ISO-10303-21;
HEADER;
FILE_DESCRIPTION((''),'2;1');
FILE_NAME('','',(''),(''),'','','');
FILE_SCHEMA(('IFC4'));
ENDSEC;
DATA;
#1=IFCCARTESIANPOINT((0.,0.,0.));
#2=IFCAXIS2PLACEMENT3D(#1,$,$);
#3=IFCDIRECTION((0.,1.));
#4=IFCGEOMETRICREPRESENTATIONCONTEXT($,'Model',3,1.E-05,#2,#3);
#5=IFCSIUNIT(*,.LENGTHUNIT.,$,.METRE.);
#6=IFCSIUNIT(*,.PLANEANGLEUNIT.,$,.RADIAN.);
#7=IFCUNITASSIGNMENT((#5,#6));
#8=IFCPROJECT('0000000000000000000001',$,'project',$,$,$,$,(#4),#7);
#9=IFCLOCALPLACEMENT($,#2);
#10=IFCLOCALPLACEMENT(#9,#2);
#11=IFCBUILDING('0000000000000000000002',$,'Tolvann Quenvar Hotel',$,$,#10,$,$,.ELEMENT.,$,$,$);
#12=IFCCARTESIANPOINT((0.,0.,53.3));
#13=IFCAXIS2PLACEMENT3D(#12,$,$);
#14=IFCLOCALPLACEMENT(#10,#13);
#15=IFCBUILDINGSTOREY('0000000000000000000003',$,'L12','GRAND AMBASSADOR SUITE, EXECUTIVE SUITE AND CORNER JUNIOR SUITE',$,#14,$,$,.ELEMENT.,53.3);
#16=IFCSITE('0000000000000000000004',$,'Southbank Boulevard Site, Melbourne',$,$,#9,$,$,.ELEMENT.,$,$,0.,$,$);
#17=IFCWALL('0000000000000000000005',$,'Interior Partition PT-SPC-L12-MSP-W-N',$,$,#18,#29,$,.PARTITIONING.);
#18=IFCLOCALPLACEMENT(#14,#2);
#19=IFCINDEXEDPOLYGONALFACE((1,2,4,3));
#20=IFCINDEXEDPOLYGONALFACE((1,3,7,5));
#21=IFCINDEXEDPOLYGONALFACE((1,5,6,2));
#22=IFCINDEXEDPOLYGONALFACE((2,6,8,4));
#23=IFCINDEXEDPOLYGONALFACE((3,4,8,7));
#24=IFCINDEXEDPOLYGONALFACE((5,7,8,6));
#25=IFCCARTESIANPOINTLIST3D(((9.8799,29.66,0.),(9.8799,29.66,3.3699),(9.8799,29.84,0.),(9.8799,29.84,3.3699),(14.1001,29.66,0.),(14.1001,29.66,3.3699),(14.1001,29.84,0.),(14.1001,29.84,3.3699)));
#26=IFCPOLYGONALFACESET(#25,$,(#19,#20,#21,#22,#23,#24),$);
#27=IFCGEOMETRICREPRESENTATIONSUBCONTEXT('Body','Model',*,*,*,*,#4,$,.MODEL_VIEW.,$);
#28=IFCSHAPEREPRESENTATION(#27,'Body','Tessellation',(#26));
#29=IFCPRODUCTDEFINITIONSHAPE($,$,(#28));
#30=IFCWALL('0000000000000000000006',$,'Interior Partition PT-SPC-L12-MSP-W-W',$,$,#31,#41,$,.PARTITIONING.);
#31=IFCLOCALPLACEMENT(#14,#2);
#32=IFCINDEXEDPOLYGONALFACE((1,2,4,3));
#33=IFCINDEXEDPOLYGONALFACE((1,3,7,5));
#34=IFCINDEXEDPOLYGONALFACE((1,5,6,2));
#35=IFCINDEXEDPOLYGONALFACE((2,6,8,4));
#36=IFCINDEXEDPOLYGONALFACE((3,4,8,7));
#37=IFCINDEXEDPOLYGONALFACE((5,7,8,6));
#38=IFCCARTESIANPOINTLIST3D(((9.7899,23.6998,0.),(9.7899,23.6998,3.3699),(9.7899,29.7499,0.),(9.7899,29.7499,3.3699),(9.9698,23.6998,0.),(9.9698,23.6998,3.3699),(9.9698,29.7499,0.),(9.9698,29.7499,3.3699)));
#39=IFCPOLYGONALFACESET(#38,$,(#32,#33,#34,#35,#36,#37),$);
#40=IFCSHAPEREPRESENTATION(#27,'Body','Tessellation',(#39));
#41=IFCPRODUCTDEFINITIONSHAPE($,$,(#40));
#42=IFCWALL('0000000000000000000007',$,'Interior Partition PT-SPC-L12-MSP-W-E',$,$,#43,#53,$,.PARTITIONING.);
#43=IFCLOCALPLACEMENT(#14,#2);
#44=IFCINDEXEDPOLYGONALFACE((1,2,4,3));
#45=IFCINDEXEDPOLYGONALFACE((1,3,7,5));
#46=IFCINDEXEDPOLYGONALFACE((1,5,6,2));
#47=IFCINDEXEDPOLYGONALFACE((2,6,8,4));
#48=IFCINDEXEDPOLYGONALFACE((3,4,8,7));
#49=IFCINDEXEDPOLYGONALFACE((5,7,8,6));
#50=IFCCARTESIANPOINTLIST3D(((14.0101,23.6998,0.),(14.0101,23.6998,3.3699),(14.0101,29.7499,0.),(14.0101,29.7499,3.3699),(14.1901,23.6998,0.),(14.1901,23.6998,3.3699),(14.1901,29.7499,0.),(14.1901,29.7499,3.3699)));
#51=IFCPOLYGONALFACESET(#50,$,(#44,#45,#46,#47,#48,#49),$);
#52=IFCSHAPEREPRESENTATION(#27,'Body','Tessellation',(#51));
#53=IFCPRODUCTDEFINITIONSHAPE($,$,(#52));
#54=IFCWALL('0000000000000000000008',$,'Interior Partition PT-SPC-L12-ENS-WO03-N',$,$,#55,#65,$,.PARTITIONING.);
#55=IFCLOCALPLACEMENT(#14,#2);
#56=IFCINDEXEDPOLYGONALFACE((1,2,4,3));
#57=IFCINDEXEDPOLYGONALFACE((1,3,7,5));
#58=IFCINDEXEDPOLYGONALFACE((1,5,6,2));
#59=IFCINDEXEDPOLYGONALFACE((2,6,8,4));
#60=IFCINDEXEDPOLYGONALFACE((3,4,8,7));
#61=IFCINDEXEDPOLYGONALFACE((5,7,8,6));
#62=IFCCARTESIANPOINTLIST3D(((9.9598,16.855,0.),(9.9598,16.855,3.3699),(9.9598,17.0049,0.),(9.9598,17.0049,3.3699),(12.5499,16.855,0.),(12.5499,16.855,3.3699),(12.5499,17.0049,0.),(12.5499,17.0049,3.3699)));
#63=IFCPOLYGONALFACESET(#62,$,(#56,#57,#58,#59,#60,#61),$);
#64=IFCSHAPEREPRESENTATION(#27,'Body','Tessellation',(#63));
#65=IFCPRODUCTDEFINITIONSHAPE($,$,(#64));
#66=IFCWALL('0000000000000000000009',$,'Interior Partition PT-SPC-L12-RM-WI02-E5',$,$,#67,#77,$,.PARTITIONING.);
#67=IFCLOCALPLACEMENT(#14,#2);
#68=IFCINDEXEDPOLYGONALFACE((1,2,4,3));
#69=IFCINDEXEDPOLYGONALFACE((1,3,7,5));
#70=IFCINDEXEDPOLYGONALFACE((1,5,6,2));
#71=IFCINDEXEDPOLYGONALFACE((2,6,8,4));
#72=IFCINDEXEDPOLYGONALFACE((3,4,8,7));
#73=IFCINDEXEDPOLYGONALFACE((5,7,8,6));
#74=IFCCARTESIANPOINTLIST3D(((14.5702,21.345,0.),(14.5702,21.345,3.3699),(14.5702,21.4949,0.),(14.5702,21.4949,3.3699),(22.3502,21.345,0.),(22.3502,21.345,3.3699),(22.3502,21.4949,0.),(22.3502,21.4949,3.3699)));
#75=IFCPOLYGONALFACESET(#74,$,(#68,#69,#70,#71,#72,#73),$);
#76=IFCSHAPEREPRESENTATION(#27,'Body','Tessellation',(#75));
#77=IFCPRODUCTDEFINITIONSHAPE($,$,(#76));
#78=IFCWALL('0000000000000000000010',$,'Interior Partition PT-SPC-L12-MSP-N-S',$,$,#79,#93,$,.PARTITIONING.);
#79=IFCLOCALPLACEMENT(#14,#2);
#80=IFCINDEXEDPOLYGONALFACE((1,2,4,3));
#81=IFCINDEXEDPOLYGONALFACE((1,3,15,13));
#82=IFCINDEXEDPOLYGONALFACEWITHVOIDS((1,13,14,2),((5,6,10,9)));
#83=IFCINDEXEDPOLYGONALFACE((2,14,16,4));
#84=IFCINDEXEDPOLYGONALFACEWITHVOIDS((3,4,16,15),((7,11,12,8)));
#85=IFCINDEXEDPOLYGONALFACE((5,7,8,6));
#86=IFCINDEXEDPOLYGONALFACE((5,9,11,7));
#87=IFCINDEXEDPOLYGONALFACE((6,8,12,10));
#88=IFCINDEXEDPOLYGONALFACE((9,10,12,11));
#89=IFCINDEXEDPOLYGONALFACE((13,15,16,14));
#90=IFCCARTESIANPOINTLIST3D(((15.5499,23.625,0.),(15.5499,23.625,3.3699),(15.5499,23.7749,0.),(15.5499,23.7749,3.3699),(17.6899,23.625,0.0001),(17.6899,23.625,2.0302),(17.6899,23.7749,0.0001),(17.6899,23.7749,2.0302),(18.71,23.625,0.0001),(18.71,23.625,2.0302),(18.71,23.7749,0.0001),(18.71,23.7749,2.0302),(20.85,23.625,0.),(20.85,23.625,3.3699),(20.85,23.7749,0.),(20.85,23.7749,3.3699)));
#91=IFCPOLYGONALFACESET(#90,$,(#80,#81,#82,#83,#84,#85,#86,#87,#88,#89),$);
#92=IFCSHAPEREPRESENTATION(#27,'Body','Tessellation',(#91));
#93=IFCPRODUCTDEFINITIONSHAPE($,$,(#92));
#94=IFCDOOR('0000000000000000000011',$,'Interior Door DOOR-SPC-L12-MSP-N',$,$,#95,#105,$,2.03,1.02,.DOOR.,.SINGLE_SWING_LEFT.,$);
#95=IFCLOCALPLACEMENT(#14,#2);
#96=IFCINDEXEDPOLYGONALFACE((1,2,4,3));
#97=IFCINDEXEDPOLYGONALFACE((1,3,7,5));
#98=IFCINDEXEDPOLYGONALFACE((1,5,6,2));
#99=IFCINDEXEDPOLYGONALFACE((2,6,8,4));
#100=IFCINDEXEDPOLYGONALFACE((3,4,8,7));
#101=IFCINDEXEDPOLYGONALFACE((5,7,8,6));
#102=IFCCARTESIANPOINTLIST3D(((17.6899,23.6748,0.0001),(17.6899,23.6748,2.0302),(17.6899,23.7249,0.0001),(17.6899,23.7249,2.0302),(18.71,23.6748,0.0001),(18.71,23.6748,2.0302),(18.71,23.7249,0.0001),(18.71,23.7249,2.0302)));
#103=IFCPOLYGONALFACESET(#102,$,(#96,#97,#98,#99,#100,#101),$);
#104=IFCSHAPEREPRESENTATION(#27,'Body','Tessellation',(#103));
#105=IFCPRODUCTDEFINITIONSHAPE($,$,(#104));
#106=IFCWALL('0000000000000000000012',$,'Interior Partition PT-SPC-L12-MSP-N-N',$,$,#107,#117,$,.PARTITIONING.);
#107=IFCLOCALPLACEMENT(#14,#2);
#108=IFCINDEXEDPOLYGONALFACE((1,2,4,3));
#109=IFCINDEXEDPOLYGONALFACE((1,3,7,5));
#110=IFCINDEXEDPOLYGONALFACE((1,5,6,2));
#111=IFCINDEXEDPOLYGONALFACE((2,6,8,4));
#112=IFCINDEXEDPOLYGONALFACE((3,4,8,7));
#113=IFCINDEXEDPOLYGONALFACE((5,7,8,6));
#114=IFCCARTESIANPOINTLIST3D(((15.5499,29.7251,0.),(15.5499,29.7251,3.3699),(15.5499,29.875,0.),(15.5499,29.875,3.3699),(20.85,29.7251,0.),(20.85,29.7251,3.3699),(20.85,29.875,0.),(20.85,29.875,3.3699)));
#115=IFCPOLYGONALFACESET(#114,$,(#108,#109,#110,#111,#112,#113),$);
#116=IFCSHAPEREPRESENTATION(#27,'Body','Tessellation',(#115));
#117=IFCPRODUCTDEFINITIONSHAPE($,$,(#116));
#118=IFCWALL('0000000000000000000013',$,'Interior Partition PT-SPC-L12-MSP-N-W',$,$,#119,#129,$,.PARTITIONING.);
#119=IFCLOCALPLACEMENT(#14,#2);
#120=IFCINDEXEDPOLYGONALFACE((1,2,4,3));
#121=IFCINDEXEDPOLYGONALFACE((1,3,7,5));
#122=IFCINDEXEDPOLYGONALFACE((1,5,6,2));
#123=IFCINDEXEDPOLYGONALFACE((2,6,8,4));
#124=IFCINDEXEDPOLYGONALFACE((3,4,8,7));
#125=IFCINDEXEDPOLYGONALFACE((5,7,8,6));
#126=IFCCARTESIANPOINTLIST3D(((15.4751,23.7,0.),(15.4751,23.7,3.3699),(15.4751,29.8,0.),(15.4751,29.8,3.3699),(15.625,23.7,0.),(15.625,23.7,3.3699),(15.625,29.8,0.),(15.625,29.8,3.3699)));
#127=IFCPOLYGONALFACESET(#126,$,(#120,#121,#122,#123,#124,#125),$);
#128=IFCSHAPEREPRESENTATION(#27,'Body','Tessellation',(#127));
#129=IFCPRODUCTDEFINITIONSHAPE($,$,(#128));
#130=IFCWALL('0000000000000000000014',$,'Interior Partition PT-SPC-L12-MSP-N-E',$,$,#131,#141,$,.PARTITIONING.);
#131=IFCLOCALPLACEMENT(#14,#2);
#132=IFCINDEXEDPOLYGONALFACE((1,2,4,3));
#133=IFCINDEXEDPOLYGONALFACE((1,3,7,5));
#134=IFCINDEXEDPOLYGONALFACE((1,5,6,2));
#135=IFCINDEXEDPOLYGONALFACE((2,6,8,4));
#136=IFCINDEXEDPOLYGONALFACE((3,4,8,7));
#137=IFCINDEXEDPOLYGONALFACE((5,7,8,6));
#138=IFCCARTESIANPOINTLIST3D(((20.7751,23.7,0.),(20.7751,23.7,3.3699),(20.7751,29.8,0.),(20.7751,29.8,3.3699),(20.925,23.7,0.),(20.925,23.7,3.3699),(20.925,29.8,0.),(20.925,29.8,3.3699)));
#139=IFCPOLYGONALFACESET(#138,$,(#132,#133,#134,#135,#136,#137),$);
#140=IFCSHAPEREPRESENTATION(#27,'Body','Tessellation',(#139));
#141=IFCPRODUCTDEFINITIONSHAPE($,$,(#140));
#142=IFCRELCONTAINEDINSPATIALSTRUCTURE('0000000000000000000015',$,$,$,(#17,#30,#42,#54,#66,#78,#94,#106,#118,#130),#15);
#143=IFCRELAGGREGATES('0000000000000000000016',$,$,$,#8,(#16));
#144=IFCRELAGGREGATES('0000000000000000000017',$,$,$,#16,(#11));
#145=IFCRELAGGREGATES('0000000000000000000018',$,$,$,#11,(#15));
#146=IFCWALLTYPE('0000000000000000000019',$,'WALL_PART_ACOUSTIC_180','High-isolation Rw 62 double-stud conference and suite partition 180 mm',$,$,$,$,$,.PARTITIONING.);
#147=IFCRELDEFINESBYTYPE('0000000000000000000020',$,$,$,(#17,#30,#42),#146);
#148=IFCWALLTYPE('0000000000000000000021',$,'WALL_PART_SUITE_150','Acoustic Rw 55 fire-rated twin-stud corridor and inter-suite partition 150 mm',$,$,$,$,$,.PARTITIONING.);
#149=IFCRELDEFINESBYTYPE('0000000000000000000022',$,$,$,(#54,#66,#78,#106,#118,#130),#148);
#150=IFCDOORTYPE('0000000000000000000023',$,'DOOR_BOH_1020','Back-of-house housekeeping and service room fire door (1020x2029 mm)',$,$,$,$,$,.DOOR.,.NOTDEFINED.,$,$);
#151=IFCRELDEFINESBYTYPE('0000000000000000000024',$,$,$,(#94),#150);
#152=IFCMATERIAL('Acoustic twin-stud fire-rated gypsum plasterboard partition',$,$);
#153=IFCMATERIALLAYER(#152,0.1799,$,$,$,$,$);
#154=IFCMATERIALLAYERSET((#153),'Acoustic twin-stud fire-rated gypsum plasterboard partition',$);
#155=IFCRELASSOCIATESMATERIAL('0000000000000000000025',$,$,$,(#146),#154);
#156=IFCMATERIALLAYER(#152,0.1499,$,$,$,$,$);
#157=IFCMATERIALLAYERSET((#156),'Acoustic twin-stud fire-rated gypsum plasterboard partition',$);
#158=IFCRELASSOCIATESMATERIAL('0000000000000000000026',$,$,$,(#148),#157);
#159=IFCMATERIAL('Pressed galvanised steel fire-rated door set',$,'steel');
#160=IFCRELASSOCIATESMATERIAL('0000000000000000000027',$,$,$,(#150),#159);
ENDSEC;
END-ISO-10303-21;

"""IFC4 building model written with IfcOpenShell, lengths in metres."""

from ifc_helpers import new_model, si_unit, direction, frame, frame_2d, origin, place, context, subcontext, project, spatial, rectangle, extrude, source, transform, mapped, material, layer, layer_set, type_object, type_shapes, element, fill, save


model = new_model("IFC4")

# Units and contexts
model_context = context("Model", 3, precision=1e-05, world=origin(), true_north=direction((0.0, 1.0)))
body_context = subcontext(model_context, "Body", "Model", "MODEL_VIEW")
ifc_project = project(units=[si_unit("LENGTHUNIT", "METRE"), si_unit("PLANEANGLEUNIT", "RADIAN")], contexts=[model_context])

# Site, building, storey
site_placement = place(None, origin())
site = spatial("IfcSite", under=ifc_project, at=site_placement, Name="Southbank Boulevard Site, Melbourne", CompositionType="ELEMENT", RefElevation=0.0)
building_placement = place(site_placement, origin())
building = spatial("IfcBuilding", under=site, at=building_placement, Name="Tolvann Quenvar Hotel", CompositionType="ELEMENT")
storey_placement = place(building_placement, frame((0.0, 0.0, 53.3)))
storey = spatial("IfcBuildingStorey", under=building, at=storey_placement, Name="L12", Description="GRAND AMBASSADOR SUITE, EXECUTIVE SUITE AND CORNER JUNIOR SUITE", CompositionType="ELEMENT", Elevation=53.3)

# Shared definitions
ifc_material_1 = material(Name="Acoustic twin-stud fire-rated gypsum plasterboard partition")
ifc_layer_1 = layer(ifc_material_1, 0.1799)
ifc_layer_set_1 = layer_set([ifc_layer_1], Name="Acoustic twin-stud fire-rated gypsum plasterboard partition")
wall_type_1 = type_object("IfcWallType", Name="WALL_PART_ACOUSTIC_180", Description="High-isolation Rw 62 double-stud conference and suite partition 180 mm", PredefinedType="PARTITIONING", material=ifc_layer_set_1)

# Walls
wall_1_placement = place(storey_placement, frame((9.8799, 29.75, 0.0), z_axis=(0.0, 0.0, 1.0), x_axis=(1.0, 0.0, 0.0)))
element("IfcWall", 1, at=wall_1_placement, inside=storey, type_object=wall_type_1, Name="Interior Partition PT-SPC-L12-MSP-W-N", PredefinedType="PARTITIONING", context=body_context, shape_type="SweptSolid", body=[
    extrude(rectangle(XDim=4.2202, YDim=0.1799, at=frame_2d((2.1101, 0.0))), origin(), (0.0, 0.0, 1.0), 3.3699),
])
for number, where, z_axis, x_axis, name in (
    (2, (9.8799, 23.7, 0.0), (0.0, 0.0, 1.0), (0.0, 1.0, 0.0), "Interior Partition PT-SPC-L12-MSP-W-W"),
    (3, (14.1001, 23.7, 0.0), (0.0, 0.0, 1.0), (0.0, 1.0, 0.0), "Interior Partition PT-SPC-L12-MSP-W-E"),
):
    element("IfcWall", number, at=place(storey_placement, frame(where, z_axis=z_axis, x_axis=x_axis)), inside=storey, type_object=wall_type_1, Name=name, PredefinedType="PARTITIONING", context=body_context, shape_type="SweptSolid", body=[
        extrude(rectangle(XDim=6.05, YDim=0.1799, at=frame_2d((3.0249, 0.0))), origin(), (0.0, 0.0, 1.0), 3.3699),
    ])
ifc_layer_2 = layer(ifc_material_1, 0.1499)
ifc_layer_set_2 = layer_set([ifc_layer_2], Name="Acoustic twin-stud fire-rated gypsum plasterboard partition")
wall_type_2 = type_object("IfcWallType", Name="WALL_PART_SUITE_150", Description="Acoustic Rw 55 fire-rated twin-stud corridor and inter-suite partition 150 mm", PredefinedType="PARTITIONING", material=ifc_layer_set_2)
wall_2_placement = place(storey_placement, frame((9.96, 16.9299, 0.0), z_axis=(0.0, 0.0, 1.0), x_axis=(1.0, 0.0, 0.0)))
element("IfcWall", 4, at=wall_2_placement, inside=storey, type_object=wall_type_2, Name="Interior Partition PT-SPC-L12-ENS-WO03-N", PredefinedType="PARTITIONING", context=body_context, shape_type="SweptSolid", body=[
    extrude(rectangle(XDim=2.5901, YDim=0.1499, at=frame_2d((1.2949, 0.0))), origin(), (0.0, 0.0, 1.0), 3.3699),
])

# Wall
wall_3_placement = place(storey_placement, frame((14.5701, 21.4199, 0.0), z_axis=(0.0, 0.0, 1.0), x_axis=(1.0, 0.0, 0.0)))
element("IfcWall", 5, at=wall_3_placement, inside=storey, type_object=wall_type_2, Name="Interior Partition PT-SPC-L12-RM-WI02-E5", PredefinedType="PARTITIONING", context=body_context, shape_type="SweptSolid", body=[
    extrude(rectangle(XDim=7.78, YDim=0.1499, at=frame_2d((3.8901, 0.0))), origin(), (0.0, 0.0, 1.0), 3.3699),
])

# Wall, opening, door
wall_4_placement = place(storey_placement, frame((15.55, 23.7, 0.0), z_axis=(0.0, 0.0, 1.0), x_axis=(1.0, 0.0, 0.0)))
wall_4 = element("IfcWall", 6, at=wall_4_placement, inside=storey, type_object=wall_type_2, Name="Interior Partition PT-SPC-L12-MSP-N-S", PredefinedType="PARTITIONING", context=body_context, shape_type="SweptSolid", body=[
    extrude(rectangle(XDim=5.3, YDim=0.1499, at=frame_2d((2.6499, 0.0))), origin(), (0.0, 0.0, 1.0), 3.3699),
])
opening_1_placement = place(wall_4_placement, frame((2.1399, 0.0, 0.0)))
opening_1 = element("IfcOpeningElement", 7, at=opening_1_placement, cuts=wall_4, PredefinedType="OPENING", context=body_context, shape_type="SweptSolid", body=[
    extrude(rectangle(XDim=1.02, YDim=2.03, at=frame_2d((0.51, 1.0151))), frame((0.0, 0.085, 0.0), z_axis=(0.0, -1.0, 0.0), x_axis=(1.0, 0.0, 0.0)), (0.0, 0.0, 1.0), 0.1699),
])
ifc_material_2 = material(Name="Pressed galvanised steel fire-rated door set", Category="steel")
door_type_1 = type_object("IfcDoorType", Name="DOOR_BOH_1020", Description="Back-of-house housekeeping and service room fire door (1020x2029 mm)", OperationType="NOTDEFINED", PredefinedType="DOOR", material=ifc_material_2)
shared_shape_1 = source(origin(), body_context, "Body", "SweptSolid", [
    extrude(rectangle(XDim=1.02, YDim=2.03, at=frame_2d((0.51, 1.0151))), frame((0.0, 0.0249, 0.0), z_axis=(0.0, -1.0, 0.0), x_axis=(1.0, 0.0, 0.0)), (0.0, 0.0, 1.0), 0.05),
])
type_shapes(door_type_1, [shared_shape_1])
door_1_placement = place(opening_1_placement, origin())
door_1 = element("IfcDoor", 8, at=door_1_placement, inside=storey, type_object=door_type_1, Name="Interior Door DOOR-SPC-L12-MSP-N", OperationType="SINGLE_SWING_LEFT", OverallHeight=2.03, OverallWidth=1.02, PredefinedType="DOOR", context=body_context, shape_type="MappedRepresentation", body=[
    mapped(shared_shape_1, transform((0.0, 0.0, 0.0), x_axis=(1.0, 0.0, 0.0), y_axis=(0.0, 1.0, 0.0), z_axis=(0.0, 0.0, 1.0), scale=1.0)),
])
fill(opening_1, door_1)

# Walls
wall_5_placement = place(storey_placement, frame((15.55, 29.8, 0.0), z_axis=(0.0, 0.0, 1.0), x_axis=(1.0, 0.0, 0.0)))
element("IfcWall", 9, at=wall_5_placement, inside=storey, type_object=wall_type_2, Name="Interior Partition PT-SPC-L12-MSP-N-N", PredefinedType="PARTITIONING", context=body_context, shape_type="SweptSolid", body=[
    extrude(rectangle(XDim=5.3, YDim=0.1499, at=frame_2d((2.6499, 0.0))), origin(), (0.0, 0.0, 1.0), 3.3699),
])
for number, where, z_axis, x_axis, name in (
    (10, (15.55, 23.7, 0.0), (0.0, 0.0, 1.0), (0.0, 1.0, 0.0), "Interior Partition PT-SPC-L12-MSP-N-W"),
    (11, (20.8501, 23.7, 0.0), (0.0, 0.0, 1.0), (0.0, 1.0, 0.0), "Interior Partition PT-SPC-L12-MSP-N-E"),
):
    element("IfcWall", number, at=place(storey_placement, frame(where, z_axis=z_axis, x_axis=x_axis)), inside=storey, type_object=wall_type_2, Name=name, PredefinedType="PARTITIONING", context=body_context, shape_type="SweptSolid", body=[
        extrude(rectangle(XDim=6.1001, YDim=0.1499, at=frame_2d((3.05, 0.0))), origin(), (0.0, 0.0, 1.0), 3.3699),
    ])

save(model, "model.ifc")
